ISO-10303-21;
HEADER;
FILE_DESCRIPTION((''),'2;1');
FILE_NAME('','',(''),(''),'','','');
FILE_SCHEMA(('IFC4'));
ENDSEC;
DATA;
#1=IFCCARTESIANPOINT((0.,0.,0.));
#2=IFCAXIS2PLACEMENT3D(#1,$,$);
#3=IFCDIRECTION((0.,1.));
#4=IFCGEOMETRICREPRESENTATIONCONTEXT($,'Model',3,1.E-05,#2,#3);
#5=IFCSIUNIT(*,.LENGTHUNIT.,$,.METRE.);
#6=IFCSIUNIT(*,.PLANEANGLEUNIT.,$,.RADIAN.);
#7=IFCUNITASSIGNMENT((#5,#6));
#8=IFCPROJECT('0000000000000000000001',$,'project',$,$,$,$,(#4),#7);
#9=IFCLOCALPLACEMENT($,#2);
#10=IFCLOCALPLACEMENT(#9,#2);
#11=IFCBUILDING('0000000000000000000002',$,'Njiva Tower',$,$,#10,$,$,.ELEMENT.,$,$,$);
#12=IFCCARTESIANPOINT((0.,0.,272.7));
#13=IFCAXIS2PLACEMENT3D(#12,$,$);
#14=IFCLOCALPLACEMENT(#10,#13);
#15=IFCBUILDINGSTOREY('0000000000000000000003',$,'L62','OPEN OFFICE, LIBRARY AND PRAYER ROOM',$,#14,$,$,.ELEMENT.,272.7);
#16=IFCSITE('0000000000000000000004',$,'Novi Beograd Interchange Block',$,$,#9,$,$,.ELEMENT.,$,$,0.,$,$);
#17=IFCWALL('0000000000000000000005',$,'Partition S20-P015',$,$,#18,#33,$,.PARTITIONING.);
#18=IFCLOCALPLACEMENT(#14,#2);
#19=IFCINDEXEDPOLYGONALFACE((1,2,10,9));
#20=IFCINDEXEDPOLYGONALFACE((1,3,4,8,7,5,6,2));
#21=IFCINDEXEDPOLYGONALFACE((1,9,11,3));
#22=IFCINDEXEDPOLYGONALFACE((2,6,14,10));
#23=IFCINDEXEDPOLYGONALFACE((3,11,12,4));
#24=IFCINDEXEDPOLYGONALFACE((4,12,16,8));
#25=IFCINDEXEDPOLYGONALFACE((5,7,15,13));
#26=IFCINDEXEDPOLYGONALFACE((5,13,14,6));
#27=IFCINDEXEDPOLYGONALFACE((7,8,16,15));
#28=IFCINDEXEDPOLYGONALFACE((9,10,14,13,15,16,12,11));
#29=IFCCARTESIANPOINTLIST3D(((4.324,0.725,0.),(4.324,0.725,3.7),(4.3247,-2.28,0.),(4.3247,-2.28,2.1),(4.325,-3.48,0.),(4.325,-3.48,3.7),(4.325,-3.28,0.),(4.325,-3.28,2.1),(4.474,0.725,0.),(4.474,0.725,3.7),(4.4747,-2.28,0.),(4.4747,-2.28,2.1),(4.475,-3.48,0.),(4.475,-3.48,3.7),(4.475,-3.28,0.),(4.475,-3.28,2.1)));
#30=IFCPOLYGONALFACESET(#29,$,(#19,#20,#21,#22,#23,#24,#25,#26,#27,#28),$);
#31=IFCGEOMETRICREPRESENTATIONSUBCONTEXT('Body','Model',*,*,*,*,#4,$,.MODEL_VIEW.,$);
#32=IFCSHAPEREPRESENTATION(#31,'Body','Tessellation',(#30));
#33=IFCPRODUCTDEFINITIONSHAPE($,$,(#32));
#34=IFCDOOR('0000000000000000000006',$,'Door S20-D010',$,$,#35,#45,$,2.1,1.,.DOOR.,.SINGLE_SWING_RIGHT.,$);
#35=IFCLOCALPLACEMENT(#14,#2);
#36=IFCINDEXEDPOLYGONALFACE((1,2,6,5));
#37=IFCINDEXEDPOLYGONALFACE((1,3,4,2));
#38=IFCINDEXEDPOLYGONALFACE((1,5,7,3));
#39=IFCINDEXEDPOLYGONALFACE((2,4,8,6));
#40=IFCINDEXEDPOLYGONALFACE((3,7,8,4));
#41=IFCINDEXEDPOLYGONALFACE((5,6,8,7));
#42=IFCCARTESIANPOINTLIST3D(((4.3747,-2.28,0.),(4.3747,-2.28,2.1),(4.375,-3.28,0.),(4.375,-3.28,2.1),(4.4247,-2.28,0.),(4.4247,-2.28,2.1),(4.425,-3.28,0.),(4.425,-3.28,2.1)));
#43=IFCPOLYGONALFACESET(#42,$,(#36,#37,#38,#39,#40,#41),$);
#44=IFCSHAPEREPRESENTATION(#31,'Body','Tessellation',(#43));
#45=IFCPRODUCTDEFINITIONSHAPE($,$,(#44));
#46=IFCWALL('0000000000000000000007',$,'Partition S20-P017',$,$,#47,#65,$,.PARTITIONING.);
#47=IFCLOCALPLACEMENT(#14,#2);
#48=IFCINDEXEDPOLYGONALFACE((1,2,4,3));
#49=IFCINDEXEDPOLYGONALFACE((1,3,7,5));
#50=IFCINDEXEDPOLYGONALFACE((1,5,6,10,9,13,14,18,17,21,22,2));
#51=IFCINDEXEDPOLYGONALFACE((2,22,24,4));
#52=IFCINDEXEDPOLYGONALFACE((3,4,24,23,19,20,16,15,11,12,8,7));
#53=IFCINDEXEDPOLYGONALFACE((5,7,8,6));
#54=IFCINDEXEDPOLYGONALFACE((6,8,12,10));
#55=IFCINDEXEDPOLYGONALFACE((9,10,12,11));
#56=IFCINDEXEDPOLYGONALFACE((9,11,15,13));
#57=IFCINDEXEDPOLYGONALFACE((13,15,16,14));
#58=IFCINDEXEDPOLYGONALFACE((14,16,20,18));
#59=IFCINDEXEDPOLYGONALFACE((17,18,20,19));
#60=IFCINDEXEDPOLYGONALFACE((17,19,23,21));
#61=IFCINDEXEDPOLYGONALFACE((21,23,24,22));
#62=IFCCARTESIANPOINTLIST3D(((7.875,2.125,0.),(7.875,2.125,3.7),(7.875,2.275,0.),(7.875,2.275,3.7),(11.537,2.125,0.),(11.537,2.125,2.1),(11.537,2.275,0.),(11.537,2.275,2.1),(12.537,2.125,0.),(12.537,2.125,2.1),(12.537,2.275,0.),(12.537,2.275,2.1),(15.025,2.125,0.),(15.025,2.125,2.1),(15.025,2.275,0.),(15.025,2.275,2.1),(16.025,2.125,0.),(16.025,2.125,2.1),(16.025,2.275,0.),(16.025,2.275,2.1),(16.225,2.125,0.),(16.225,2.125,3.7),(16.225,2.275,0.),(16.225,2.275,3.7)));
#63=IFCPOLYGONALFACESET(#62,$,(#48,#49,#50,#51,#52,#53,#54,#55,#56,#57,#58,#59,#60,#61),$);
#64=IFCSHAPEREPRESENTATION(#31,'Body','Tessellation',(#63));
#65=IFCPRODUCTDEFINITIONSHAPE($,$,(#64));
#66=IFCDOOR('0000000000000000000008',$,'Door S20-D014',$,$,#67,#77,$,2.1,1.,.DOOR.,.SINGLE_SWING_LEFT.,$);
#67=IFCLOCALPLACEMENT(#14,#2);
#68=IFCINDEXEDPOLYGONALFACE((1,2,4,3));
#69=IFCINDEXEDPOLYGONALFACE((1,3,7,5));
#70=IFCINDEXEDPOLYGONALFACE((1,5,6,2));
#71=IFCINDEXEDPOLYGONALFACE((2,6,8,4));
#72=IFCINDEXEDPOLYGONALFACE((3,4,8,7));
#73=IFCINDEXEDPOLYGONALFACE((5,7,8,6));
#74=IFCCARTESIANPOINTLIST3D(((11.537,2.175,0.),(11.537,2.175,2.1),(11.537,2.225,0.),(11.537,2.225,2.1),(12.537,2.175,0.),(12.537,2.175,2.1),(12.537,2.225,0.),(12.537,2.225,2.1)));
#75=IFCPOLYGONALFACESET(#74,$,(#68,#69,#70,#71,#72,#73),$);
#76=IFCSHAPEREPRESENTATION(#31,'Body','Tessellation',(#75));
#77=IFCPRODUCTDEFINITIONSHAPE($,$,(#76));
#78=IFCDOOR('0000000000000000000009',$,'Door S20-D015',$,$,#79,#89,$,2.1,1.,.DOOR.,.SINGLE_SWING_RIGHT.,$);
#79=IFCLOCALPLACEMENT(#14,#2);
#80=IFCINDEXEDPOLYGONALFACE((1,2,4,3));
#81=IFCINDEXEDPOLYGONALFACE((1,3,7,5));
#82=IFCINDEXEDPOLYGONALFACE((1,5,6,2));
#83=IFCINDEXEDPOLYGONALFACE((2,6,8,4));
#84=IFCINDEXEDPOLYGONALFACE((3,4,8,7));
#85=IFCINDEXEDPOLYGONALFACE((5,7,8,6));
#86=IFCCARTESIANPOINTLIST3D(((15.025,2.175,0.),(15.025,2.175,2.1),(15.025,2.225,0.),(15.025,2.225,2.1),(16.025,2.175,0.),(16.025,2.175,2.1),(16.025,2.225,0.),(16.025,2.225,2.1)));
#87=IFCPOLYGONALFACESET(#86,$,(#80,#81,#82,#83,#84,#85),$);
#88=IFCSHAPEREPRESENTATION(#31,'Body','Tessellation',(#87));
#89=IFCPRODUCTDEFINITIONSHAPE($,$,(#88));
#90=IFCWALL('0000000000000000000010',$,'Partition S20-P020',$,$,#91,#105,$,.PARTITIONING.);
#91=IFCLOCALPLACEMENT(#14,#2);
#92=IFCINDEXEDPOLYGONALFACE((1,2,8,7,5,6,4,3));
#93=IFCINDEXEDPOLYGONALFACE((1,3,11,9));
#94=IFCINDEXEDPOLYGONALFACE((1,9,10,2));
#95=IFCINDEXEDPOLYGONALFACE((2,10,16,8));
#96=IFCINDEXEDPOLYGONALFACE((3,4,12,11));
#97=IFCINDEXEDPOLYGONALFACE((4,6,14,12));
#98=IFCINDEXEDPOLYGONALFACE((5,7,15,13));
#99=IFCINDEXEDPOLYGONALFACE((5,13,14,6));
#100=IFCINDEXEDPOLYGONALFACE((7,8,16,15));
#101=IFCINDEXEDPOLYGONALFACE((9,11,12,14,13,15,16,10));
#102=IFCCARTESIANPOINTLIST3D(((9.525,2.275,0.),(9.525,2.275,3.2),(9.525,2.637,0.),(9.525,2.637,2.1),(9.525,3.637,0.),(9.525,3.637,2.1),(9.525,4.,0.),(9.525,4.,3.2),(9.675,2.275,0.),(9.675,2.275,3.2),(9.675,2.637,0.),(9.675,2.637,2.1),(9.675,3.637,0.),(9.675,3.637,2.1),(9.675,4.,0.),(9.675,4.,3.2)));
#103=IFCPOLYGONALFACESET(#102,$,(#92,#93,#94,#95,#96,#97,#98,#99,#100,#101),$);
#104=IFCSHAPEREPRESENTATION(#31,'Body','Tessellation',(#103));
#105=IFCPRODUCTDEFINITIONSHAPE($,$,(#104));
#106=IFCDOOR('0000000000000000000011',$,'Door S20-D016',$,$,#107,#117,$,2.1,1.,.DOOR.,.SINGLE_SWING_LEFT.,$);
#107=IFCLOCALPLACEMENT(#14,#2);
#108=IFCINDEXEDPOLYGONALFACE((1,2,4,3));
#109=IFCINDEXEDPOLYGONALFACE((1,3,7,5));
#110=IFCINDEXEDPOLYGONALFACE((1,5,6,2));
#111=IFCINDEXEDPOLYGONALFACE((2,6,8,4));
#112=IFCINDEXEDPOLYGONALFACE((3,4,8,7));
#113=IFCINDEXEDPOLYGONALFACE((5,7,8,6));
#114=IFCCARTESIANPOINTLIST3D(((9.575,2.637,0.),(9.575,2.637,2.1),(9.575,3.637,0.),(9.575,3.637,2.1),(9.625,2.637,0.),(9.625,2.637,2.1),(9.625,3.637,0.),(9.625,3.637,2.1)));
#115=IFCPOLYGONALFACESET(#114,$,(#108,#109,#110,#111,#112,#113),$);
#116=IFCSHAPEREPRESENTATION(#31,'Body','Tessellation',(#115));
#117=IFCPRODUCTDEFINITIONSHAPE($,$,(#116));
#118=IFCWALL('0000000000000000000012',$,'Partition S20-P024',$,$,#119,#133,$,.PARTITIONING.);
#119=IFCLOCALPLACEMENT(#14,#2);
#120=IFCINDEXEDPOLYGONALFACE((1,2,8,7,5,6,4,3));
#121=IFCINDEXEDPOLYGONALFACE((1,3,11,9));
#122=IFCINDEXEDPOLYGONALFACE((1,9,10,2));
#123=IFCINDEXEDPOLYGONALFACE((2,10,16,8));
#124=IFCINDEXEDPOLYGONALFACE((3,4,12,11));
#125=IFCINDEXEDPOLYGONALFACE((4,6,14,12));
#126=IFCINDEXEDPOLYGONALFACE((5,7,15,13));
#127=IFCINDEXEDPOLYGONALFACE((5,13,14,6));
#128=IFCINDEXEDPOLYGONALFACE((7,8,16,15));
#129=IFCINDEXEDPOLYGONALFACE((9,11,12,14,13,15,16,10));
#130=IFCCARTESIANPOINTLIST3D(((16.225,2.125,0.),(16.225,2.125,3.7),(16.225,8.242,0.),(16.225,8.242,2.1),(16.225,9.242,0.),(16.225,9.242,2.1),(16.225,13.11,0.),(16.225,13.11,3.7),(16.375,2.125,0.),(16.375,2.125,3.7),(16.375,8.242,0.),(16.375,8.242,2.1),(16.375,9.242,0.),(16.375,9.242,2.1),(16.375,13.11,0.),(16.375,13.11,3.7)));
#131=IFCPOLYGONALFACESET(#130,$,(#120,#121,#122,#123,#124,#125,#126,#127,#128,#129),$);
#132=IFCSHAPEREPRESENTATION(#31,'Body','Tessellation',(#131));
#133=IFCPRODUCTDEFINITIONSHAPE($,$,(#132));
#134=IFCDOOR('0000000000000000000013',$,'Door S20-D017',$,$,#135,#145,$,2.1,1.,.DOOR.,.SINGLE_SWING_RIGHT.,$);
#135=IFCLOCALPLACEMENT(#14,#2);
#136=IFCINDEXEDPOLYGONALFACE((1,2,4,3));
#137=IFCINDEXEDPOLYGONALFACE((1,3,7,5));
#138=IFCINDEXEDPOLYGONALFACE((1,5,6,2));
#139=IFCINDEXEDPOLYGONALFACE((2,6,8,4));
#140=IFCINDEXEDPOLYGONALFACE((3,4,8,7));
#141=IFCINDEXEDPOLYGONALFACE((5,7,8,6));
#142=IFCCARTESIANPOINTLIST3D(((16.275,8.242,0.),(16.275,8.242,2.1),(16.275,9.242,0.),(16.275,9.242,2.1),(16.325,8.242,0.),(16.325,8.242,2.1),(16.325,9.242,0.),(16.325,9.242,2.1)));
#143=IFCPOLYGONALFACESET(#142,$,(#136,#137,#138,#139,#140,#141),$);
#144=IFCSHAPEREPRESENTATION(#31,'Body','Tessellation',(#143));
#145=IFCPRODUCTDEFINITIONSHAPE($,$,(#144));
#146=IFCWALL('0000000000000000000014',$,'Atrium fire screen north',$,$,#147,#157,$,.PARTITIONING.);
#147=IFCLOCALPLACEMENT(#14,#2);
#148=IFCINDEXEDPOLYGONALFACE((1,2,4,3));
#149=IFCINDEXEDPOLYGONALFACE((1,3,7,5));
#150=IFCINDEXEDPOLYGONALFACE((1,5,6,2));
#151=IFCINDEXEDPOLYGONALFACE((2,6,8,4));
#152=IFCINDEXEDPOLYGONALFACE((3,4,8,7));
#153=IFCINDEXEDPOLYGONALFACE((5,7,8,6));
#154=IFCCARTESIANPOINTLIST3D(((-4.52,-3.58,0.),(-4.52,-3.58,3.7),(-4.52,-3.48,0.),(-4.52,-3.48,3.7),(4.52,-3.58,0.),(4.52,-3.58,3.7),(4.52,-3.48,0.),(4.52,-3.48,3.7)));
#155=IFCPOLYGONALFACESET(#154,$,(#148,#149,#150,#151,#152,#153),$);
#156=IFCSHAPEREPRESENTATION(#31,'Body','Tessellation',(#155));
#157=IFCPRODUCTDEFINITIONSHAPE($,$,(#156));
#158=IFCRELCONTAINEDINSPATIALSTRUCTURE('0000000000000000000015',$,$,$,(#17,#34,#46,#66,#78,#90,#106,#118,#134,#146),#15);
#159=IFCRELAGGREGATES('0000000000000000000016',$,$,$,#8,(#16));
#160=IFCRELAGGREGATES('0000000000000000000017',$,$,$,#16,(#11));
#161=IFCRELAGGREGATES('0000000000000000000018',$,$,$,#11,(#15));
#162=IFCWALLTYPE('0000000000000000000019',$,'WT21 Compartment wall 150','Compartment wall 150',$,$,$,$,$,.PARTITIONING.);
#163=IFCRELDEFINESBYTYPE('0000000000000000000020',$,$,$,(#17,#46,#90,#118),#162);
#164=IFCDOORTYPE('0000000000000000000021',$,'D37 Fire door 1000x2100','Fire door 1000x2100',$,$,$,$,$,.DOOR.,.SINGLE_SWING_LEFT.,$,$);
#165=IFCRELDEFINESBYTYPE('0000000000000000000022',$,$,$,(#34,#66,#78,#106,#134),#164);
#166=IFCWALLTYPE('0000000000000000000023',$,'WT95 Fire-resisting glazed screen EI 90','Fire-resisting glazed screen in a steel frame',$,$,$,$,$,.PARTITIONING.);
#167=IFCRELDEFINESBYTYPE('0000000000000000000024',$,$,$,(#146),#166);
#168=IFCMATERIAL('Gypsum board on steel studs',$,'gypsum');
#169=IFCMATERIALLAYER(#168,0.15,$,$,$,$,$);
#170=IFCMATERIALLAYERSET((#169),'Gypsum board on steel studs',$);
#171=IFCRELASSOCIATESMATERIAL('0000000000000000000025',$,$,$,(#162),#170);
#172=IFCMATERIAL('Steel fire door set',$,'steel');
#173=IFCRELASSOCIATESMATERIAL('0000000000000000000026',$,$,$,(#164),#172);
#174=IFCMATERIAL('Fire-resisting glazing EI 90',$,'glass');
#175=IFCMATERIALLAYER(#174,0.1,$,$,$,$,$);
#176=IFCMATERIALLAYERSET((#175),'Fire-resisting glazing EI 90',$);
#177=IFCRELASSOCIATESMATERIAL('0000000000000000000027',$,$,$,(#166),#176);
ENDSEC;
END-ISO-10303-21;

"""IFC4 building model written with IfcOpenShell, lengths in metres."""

from ifc_helpers import new_model, si_unit, direction, frame, frame_2d, origin, place, context, subcontext, project, spatial, rectangle, extrude, material, layer, layer_set, type_object, element, fill, save


model = new_model("IFC4")

# Units and contexts
model_context = context("Model", 3, precision=1e-05, world=origin(), true_north=direction((0.0, 1.0)))
body_context = subcontext(model_context, "Body", "Model", "MODEL_VIEW")
ifc_project = project(units=[si_unit("LENGTHUNIT", "METRE"), si_unit("PLANEANGLEUNIT", "RADIAN")], contexts=[model_context])

# Site, building, storey
site_placement = place(None, origin())
site = spatial("IfcSite", under=ifc_project, at=site_placement, Name="Novi Beograd Interchange Block", CompositionType="ELEMENT", RefElevation=0.0)
building_placement = place(site_placement, origin())
building = spatial("IfcBuilding", under=site, at=building_placement, Name="Njiva Tower", CompositionType="ELEMENT")
storey_placement = place(building_placement, frame((0.0, 0.0, 272.7)))
storey = spatial("IfcBuildingStorey", under=building, at=storey_placement, Name="L62", Description="OPEN OFFICE, LIBRARY AND PRAYER ROOM", CompositionType="ELEMENT", Elevation=272.7)

# Shared definitions
ifc_material_1 = material(Name="Gypsum board on steel studs", Category="gypsum")

# Wall, opening, door
ifc_layer_1 = layer(ifc_material_1, 0.15)
ifc_layer_set_1 = layer_set([ifc_layer_1], Name="Gypsum board on steel studs")
wall_type_1 = type_object("IfcWallType", Name="WT21 Compartment wall 150", Description="Compartment wall 150", PredefinedType="PARTITIONING", material=ifc_layer_set_1)
wall_1_placement = place(storey_placement, frame((4.399, 0.725, 0.0), z_axis=(0.0, 0.0, 1.0), x_axis=(0.000238, -1.0, 0.0)))
wall_1 = element("IfcWall", 1, at=wall_1_placement, inside=storey, type_object=wall_type_1, Name="Partition S20-P015", PredefinedType="PARTITIONING", context=body_context, shape_type="SweptSolid", body=[
    extrude(rectangle(XDim=4.205, YDim=0.15, at=frame_2d((2.1025, 0.0))), origin(), (0.0, 0.0, 1.0), 3.7),
])
opening_1_placement = place(wall_1_placement, frame((3.005, 0.0, 0.0)))
opening_1 = element("IfcOpeningElement", 2, at=opening_1_placement, cuts=wall_1, PredefinedType="OPENING", context=body_context, shape_type="SweptSolid", body=[
    extrude(rectangle(XDim=1.0, YDim=2.1, at=frame_2d((0.5, 1.05))), frame((0.0, 0.085, 0.0), z_axis=(0.0, -1.0, 0.0), x_axis=(1.0, 0.0, 0.0)), (0.0, 0.0, 1.0), 0.17),
])
ifc_material_2 = material(Name="Steel fire door set", Category="steel")
door_type = type_object("IfcDoorType", Name="D37 Fire door 1000x2100", Description="Fire door 1000x2100", OperationType="SINGLE_SWING_LEFT", PredefinedType="DOOR", material=ifc_material_2)
door_1_placement = place(opening_1_placement, origin())
door_1 = element("IfcDoor", 3, at=door_1_placement, inside=storey, type_object=door_type, Name="Door S20-D010", OperationType="SINGLE_SWING_RIGHT", OverallHeight=2.1, OverallWidth=1.0, PredefinedType="DOOR", context=body_context, shape_type="SweptSolid", body=[
    extrude(rectangle(XDim=1.0, YDim=2.1, at=frame_2d((0.5, 1.05))), frame((0.0, 0.025, 0.0), z_axis=(0.0, -1.0, 0.0), x_axis=(1.0, 0.0, 0.0)), (0.0, 0.0, 1.0), 0.05),
])
fill(opening_1, door_1)

# Wall, openings, doors
wall_2_placement = place(storey_placement, frame((7.875, 2.2, 0.0), z_axis=(0.0, 0.0, 1.0), x_axis=(1.0, 0.0, 0.0)))
wall_2 = element("IfcWall", 4, at=wall_2_placement, inside=storey, type_object=wall_type_1, Name="Partition S20-P017", PredefinedType="PARTITIONING", context=body_context, shape_type="SweptSolid", body=[
    extrude(rectangle(XDim=8.35, YDim=0.15, at=frame_2d((4.175, 0.0))), origin(), (0.0, 0.0, 1.0), 3.7),
])
opening_2_placement = place(wall_2_placement, frame((3.662, 0.0, 0.0)))
opening_2 = element("IfcOpeningElement", 5, at=opening_2_placement, cuts=wall_2, PredefinedType="OPENING", context=body_context, shape_type="SweptSolid", body=[
    extrude(rectangle(XDim=1.0, YDim=2.1, at=frame_2d((0.5, 1.05))), frame((0.0, 0.085, 0.0), z_axis=(0.0, -1.0, 0.0), x_axis=(1.0, 0.0, 0.0)), (0.0, 0.0, 1.0), 0.17),
])
opening_3_placement = place(wall_2_placement, frame((7.15, 0.0, 0.0)))
opening_3 = element("IfcOpeningElement", 6, at=opening_3_placement, cuts=wall_2, PredefinedType="OPENING", context=body_context, shape_type="SweptSolid", body=[
    extrude(rectangle(XDim=1.0, YDim=2.1, at=frame_2d((0.5, 1.05))), frame((0.0, 0.085, 0.0), z_axis=(0.0, -1.0, 0.0), x_axis=(1.0, 0.0, 0.0)), (0.0, 0.0, 1.0), 0.17),
])
door_2_placement = place(opening_2_placement, origin())
door_2 = element("IfcDoor", 7, at=door_2_placement, inside=storey, type_object=door_type, Name="Door S20-D014", OperationType="SINGLE_SWING_LEFT", OverallHeight=2.1, OverallWidth=1.0, PredefinedType="DOOR", context=body_context, shape_type="SweptSolid", body=[
    extrude(rectangle(XDim=1.0, YDim=2.1, at=frame_2d((0.5, 1.05))), frame((0.0, 0.025, 0.0), z_axis=(0.0, -1.0, 0.0), x_axis=(1.0, 0.0, 0.0)), (0.0, 0.0, 1.0), 0.05),
])
fill(opening_2, door_2)
door_3_placement = place(opening_3_placement, origin())
door_3 = element("IfcDoor", 8, at=door_3_placement, inside=storey, type_object=door_type, Name="Door S20-D015", OperationType="SINGLE_SWING_RIGHT", OverallHeight=2.1, OverallWidth=1.0, PredefinedType="DOOR", context=body_context, shape_type="SweptSolid", body=[
    extrude(rectangle(XDim=1.0, YDim=2.1, at=frame_2d((0.5, 1.05))), frame((0.0, 0.025, 0.0), z_axis=(0.0, -1.0, 0.0), x_axis=(1.0, 0.0, 0.0)), (0.0, 0.0, 1.0), 0.05),
])
fill(opening_3, door_3)

# Walls, openings, doors
wall_3_placement = place(storey_placement, frame((9.6, 2.275, 0.0), z_axis=(0.0, 0.0, 1.0), x_axis=(0.0, 1.0, 0.0)))
wall_3 = element("IfcWall", 9, at=wall_3_placement, inside=storey, type_object=wall_type_1, Name="Partition S20-P020", PredefinedType="PARTITIONING", context=body_context, shape_type="SweptSolid", body=[
    extrude(rectangle(XDim=1.725, YDim=0.15, at=frame_2d((0.8625, 0.0))), origin(), (0.0, 0.0, 1.0), 3.2),
])
opening_4_placement = place(wall_3_placement, frame((0.362, 0.0, 0.0)))
opening_4 = element("IfcOpeningElement", 10, at=opening_4_placement, cuts=wall_3, PredefinedType="OPENING", context=body_context, shape_type="SweptSolid", body=[
    extrude(rectangle(XDim=1.0, YDim=2.1, at=frame_2d((0.5, 1.05))), frame((0.0, 0.085, 0.0), z_axis=(0.0, -1.0, 0.0), x_axis=(1.0, 0.0, 0.0)), (0.0, 0.0, 1.0), 0.17),
])
door_4_placement = place(opening_4_placement, origin())
door_4 = element("IfcDoor", 11, at=door_4_placement, inside=storey, type_object=door_type, Name="Door S20-D016", OperationType="SINGLE_SWING_LEFT", OverallHeight=2.1, OverallWidth=1.0, PredefinedType="DOOR", context=body_context, shape_type="SweptSolid", body=[
    extrude(rectangle(XDim=1.0, YDim=2.1, at=frame_2d((0.5, 1.05))), frame((0.0, 0.025, 0.0), z_axis=(0.0, -1.0, 0.0), x_axis=(1.0, 0.0, 0.0)), (0.0, 0.0, 1.0), 0.05),
])
fill(opening_4, door_4)
wall_4_placement = place(storey_placement, frame((16.3, 2.125, 0.0), z_axis=(0.0, 0.0, 1.0), x_axis=(0.0, 1.0, 0.0)))
wall_4 = element("IfcWall", 12, at=wall_4_placement, inside=storey, type_object=wall_type_1, Name="Partition S20-P024", PredefinedType="PARTITIONING", context=body_context, shape_type="SweptSolid", body=[
    extrude(rectangle(XDim=10.985, YDim=0.15, at=frame_2d((5.4925, 0.0))), origin(), (0.0, 0.0, 1.0), 3.7),
])
opening_5_placement = place(wall_4_placement, frame((6.117, 0.0, 0.0)))
opening_5 = element("IfcOpeningElement", 13, at=opening_5_placement, cuts=wall_4, PredefinedType="OPENING", context=body_context, shape_type="SweptSolid", body=[
    extrude(rectangle(XDim=1.0, YDim=2.1, at=frame_2d((0.5, 1.05))), frame((0.0, 0.085, 0.0), z_axis=(0.0, -1.0, 0.0), x_axis=(1.0, 0.0, 0.0)), (0.0, 0.0, 1.0), 0.17),
])
door_5_placement = place(opening_5_placement, origin())
door_5 = element("IfcDoor", 14, at=door_5_placement, inside=storey, type_object=door_type, Name="Door S20-D017", OperationType="SINGLE_SWING_RIGHT", OverallHeight=2.1, OverallWidth=1.0, PredefinedType="DOOR", context=body_context, shape_type="SweptSolid", body=[
    extrude(rectangle(XDim=1.0, YDim=2.1, at=frame_2d((0.5, 1.05))), frame((0.0, 0.025, 0.0), z_axis=(0.0, -1.0, 0.0), x_axis=(1.0, 0.0, 0.0)), (0.0, 0.0, 1.0), 0.05),
])
fill(opening_5, door_5)

# Wall
ifc_material_3 = material(Name="Fire-resisting glazing EI 90", Category="glass")
ifc_layer_2 = layer(ifc_material_3, 0.1)
ifc_layer_set_2 = layer_set([ifc_layer_2], Name="Fire-resisting glazing EI 90")
wall_type_2 = type_object("IfcWallType", Name="WT95 Fire-resisting glazed screen EI 90", Description="Fire-resisting glazed screen in a steel frame", PredefinedType="PARTITIONING", material=ifc_layer_set_2)
wall_5_placement = place(storey_placement, frame((4.52, -3.53, 0.0), z_axis=(0.0, 0.0, 1.0), x_axis=(-1.0, 0.0, 0.0)))
element("IfcWall", 15, at=wall_5_placement, inside=storey, type_object=wall_type_2, Name="Atrium fire screen north", PredefinedType="PARTITIONING", context=body_context, shape_type="SweptSolid", body=[
    extrude(rectangle(XDim=9.04, YDim=0.1, at=frame_2d((4.52, 0.0))), origin(), (0.0, 0.0, 1.0), 3.7),
])

save(model, "model.ifc")
